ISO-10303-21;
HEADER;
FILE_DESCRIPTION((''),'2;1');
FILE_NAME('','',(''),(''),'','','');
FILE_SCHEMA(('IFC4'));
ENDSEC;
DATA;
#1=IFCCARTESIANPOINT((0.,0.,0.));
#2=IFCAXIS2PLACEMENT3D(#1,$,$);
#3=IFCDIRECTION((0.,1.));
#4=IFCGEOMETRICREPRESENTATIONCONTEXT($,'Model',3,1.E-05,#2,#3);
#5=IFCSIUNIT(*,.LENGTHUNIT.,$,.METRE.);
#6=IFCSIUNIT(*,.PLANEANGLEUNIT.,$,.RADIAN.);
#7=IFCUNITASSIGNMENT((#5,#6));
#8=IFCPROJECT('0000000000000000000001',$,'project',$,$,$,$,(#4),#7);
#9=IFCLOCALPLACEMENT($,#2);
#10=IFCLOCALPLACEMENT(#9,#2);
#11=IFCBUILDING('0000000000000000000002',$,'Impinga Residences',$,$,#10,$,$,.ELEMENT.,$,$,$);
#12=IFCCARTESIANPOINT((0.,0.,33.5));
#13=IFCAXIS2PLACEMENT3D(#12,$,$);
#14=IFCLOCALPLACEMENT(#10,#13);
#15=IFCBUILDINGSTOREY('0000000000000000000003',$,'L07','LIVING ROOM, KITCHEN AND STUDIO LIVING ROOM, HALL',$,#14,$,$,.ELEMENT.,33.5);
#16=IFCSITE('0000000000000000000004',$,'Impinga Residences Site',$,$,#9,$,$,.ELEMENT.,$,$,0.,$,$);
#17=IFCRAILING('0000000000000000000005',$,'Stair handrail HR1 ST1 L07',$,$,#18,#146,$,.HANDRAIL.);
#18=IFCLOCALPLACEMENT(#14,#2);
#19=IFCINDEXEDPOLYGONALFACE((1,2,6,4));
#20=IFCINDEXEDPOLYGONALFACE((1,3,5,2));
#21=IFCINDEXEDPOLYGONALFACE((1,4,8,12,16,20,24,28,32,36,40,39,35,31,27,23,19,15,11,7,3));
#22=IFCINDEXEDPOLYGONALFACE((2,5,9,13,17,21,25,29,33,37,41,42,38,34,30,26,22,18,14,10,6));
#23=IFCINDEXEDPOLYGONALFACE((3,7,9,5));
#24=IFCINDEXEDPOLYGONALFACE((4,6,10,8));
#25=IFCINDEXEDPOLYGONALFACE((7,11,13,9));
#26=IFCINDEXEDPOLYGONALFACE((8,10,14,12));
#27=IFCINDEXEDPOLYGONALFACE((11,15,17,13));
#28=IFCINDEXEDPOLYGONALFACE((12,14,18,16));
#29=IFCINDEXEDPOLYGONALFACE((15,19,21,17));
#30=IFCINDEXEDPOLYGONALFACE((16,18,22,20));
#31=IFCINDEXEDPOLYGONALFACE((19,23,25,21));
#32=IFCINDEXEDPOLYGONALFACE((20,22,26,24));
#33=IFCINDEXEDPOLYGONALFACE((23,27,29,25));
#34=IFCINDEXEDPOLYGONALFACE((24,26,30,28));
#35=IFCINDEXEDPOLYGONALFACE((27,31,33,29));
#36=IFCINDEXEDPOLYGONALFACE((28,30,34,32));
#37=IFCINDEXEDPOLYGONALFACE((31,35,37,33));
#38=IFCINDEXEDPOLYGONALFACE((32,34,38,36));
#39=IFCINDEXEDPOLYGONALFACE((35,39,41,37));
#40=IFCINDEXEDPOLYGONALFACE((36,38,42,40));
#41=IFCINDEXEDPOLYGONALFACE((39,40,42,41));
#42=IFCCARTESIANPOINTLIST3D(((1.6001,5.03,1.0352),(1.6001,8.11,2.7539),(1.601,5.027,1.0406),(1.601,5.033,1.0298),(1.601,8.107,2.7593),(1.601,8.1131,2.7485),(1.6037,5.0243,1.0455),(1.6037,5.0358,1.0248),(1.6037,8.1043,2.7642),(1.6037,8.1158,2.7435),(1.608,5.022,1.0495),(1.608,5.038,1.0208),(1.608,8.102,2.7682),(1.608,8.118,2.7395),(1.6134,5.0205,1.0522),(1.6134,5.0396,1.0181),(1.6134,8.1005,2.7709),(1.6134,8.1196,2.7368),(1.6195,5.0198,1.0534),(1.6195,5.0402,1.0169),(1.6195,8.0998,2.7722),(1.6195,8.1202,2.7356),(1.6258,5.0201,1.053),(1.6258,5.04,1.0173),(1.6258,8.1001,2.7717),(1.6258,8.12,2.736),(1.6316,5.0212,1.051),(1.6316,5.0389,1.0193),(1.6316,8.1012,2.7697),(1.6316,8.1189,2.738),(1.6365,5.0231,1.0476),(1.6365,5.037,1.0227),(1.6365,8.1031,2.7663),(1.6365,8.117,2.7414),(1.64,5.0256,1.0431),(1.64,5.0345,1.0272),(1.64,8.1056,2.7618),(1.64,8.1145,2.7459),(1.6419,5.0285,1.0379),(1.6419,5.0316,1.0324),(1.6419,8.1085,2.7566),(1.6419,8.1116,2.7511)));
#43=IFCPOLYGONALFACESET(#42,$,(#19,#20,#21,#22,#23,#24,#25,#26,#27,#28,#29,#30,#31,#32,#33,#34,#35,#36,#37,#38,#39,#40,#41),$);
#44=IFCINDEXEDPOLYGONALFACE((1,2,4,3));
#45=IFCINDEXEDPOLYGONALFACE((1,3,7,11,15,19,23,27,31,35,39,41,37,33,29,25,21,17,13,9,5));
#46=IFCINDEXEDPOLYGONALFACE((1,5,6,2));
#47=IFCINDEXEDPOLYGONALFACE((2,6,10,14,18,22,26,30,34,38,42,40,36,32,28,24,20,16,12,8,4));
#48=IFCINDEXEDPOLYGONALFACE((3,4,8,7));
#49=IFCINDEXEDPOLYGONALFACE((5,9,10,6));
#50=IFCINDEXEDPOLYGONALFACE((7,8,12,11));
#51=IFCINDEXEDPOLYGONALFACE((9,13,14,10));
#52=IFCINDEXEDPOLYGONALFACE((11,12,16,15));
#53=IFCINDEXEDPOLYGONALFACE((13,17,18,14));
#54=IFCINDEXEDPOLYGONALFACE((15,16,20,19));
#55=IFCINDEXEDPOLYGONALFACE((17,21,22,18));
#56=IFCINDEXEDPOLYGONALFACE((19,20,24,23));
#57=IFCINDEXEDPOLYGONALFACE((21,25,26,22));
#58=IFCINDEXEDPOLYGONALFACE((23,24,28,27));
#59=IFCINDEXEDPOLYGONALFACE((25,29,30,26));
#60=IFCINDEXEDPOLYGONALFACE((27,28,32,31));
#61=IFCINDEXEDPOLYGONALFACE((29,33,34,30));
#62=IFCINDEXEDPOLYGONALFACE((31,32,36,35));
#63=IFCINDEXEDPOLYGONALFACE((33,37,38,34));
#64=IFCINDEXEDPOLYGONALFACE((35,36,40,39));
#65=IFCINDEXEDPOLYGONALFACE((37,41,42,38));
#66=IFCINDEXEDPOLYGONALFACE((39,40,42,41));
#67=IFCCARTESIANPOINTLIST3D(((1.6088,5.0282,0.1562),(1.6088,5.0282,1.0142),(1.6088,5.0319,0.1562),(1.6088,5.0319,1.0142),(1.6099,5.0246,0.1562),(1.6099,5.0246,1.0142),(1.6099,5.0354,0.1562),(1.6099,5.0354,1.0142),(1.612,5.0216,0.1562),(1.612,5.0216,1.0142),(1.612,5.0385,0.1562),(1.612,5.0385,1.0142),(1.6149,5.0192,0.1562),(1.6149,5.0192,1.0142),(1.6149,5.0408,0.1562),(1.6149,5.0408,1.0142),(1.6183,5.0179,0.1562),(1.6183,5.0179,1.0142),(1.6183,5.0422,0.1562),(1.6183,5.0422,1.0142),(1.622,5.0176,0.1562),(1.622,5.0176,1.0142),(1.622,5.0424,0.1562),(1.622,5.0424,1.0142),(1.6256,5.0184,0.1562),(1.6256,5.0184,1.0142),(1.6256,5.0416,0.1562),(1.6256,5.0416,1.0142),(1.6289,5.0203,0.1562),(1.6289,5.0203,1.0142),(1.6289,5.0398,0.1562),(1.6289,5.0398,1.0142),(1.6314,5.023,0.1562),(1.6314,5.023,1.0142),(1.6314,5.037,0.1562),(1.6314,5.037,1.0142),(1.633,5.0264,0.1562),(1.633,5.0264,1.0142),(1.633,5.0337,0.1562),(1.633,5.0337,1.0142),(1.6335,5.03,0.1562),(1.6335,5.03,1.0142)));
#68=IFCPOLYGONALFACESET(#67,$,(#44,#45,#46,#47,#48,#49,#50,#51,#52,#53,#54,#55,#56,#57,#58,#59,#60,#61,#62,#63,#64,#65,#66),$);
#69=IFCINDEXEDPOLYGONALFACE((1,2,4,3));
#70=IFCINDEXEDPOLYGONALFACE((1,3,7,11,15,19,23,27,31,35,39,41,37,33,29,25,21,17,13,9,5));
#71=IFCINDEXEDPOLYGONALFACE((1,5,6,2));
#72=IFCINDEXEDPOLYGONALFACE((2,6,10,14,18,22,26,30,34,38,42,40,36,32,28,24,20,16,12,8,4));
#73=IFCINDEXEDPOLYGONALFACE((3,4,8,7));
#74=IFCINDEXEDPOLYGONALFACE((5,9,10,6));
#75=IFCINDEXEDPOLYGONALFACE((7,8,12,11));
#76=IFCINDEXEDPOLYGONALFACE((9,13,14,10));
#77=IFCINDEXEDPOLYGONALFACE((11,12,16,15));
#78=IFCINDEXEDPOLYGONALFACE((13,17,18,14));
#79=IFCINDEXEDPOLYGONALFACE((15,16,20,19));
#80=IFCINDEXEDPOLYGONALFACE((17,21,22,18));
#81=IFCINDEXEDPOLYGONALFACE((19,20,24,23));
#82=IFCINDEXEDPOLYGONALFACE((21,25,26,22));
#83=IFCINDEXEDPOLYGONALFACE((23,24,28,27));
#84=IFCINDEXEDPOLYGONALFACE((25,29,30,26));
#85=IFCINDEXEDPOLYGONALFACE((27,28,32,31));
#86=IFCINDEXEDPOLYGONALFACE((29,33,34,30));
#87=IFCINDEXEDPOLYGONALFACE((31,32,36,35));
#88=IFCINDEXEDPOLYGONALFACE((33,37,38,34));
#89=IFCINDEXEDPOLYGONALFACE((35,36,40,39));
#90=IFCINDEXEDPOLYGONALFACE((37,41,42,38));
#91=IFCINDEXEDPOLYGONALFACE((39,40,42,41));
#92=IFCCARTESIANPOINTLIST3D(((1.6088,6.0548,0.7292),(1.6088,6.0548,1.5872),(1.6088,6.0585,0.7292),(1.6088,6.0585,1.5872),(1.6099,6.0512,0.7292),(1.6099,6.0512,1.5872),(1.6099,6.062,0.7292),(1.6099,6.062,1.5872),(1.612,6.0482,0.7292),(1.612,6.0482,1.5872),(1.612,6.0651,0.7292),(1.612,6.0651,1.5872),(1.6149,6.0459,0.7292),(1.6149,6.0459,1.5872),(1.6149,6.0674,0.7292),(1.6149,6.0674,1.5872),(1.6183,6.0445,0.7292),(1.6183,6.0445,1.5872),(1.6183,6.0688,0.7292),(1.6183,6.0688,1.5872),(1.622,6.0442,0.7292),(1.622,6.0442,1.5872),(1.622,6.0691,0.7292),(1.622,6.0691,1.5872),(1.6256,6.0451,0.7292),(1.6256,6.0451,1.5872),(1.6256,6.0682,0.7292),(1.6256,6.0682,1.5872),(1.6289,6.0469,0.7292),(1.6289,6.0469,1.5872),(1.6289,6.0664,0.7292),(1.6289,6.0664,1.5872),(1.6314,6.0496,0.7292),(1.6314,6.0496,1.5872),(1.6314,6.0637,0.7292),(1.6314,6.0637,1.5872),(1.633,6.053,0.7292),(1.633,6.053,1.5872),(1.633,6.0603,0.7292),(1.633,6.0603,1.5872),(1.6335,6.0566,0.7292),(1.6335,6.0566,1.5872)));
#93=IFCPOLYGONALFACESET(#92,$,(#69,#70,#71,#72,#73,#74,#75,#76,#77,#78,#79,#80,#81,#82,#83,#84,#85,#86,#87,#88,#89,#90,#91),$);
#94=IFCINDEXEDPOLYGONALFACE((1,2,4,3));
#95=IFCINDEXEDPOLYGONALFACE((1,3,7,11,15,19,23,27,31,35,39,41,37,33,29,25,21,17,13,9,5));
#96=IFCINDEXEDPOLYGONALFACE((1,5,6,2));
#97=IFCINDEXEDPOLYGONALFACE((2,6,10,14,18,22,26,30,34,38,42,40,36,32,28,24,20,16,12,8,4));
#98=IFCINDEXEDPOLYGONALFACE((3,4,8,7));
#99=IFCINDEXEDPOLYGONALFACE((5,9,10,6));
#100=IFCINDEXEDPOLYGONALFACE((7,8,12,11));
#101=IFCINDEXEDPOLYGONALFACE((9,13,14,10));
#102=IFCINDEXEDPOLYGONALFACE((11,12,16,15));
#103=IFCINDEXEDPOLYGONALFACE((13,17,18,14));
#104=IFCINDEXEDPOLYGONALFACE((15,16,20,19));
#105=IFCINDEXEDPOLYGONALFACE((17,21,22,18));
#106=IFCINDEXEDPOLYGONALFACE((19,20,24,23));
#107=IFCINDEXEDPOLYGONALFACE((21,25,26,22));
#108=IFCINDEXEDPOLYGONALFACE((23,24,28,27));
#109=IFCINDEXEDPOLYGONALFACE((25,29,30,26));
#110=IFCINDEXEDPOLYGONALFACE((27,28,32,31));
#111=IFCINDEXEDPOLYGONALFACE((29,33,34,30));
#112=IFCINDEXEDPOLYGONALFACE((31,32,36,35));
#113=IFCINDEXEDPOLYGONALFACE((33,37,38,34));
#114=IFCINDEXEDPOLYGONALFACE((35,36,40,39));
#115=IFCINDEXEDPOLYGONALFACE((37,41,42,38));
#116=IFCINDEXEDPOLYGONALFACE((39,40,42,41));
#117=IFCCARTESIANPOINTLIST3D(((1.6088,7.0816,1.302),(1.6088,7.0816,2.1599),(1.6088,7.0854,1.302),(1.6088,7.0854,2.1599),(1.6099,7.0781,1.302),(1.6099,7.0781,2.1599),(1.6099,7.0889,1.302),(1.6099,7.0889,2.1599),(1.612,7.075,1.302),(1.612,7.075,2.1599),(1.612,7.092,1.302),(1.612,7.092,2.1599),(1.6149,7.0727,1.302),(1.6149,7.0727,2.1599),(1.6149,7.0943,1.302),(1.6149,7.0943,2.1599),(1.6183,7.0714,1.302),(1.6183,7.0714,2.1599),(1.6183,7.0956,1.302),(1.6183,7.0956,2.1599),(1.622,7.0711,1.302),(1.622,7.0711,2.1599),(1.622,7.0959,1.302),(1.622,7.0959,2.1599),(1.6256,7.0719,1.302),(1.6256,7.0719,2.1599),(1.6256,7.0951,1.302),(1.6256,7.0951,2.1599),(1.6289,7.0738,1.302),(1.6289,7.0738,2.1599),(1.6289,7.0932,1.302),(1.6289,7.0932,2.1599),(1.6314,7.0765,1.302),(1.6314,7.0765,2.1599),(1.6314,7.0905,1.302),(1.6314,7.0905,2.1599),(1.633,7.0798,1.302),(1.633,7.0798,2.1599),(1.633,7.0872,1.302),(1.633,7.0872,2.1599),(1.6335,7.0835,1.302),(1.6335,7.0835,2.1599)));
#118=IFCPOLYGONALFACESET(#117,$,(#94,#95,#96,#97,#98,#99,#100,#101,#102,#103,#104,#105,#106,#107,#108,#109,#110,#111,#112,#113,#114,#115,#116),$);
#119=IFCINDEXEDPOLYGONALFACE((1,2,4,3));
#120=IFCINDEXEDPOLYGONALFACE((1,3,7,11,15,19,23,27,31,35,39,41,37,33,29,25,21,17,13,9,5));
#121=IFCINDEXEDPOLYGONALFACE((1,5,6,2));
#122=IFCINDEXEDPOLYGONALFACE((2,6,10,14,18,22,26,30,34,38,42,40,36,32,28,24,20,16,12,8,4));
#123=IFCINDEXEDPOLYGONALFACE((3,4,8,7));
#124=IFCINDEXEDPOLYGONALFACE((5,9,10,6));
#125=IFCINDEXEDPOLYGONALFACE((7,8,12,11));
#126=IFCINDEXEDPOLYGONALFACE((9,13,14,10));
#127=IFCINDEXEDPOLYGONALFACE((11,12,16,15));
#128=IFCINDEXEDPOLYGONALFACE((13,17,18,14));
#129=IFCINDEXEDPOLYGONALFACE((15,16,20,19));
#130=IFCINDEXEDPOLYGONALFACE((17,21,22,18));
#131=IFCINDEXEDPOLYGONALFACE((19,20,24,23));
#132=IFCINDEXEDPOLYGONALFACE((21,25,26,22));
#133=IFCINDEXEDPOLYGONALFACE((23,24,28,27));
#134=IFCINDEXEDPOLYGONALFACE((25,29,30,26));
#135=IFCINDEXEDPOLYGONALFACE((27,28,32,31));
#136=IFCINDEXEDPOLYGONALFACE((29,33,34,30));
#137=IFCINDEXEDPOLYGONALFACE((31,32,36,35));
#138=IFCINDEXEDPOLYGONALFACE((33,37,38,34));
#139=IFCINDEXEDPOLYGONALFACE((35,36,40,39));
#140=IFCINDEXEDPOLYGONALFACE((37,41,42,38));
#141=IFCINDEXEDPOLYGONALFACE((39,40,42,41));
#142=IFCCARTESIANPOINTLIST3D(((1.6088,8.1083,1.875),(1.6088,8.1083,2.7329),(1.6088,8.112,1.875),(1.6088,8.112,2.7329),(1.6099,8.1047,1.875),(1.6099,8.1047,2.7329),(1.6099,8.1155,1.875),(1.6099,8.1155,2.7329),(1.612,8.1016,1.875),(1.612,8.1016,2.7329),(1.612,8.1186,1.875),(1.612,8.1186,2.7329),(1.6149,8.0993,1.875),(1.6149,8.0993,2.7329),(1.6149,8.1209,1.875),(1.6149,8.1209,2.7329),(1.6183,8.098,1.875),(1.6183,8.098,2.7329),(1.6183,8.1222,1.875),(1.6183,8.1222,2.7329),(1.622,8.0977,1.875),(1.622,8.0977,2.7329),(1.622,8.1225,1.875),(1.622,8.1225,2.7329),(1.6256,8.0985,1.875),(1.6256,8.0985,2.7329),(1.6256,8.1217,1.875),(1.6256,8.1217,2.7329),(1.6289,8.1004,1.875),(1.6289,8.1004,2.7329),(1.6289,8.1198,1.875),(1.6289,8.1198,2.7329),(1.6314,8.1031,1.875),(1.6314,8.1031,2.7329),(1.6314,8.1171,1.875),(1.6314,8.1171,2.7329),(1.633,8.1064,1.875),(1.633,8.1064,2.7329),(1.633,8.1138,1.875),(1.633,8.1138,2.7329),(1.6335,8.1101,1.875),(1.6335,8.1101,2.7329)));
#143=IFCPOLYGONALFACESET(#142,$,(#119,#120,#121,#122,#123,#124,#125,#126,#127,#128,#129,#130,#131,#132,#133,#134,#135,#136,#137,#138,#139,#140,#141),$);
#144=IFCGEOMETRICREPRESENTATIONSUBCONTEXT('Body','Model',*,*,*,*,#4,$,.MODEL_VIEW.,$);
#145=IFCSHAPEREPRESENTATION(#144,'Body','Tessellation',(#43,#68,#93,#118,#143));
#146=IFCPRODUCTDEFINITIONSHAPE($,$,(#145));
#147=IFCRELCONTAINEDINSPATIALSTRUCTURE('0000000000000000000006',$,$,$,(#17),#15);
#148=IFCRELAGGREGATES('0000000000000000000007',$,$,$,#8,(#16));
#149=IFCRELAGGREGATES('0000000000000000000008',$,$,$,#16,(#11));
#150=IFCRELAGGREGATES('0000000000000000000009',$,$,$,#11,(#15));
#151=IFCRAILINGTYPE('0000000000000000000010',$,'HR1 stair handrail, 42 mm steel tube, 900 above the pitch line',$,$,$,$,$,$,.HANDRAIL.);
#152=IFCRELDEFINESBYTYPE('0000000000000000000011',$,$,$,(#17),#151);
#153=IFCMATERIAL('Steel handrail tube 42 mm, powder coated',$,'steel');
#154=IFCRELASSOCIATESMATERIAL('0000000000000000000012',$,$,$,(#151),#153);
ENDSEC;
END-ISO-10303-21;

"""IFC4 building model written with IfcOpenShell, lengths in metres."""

from ifc_helpers import new_model, si_unit, direction, frame, origin, origin_2d, place, context, subcontext, project, spatial, circle, extrude, material, type_object, element, save


model = new_model("IFC4")

# Units and contexts
model_context = context("Model", 3, precision=1e-05, world=origin(), true_north=direction((0.0, 1.0)))
body_context = subcontext(model_context, "Body", "Model", "MODEL_VIEW")
ifc_project = project(units=[si_unit("LENGTHUNIT", "METRE"), si_unit("PLANEANGLEUNIT", "RADIAN")], contexts=[model_context])

# Site, building, storey
site_placement = place(None, origin())
site = spatial("IfcSite", under=ifc_project, at=site_placement, Name="Impinga Residences Site", CompositionType="ELEMENT", RefElevation=0.0)
building_placement = place(site_placement, origin())
building = spatial("IfcBuilding", under=site, at=building_placement, Name="Impinga Residences", CompositionType="ELEMENT")
storey_placement = place(building_placement, frame((0.0, 0.0, 33.5)))
storey = spatial("IfcBuildingStorey", under=building, at=storey_placement, Name="L07", Description="LIVING ROOM, KITCHEN AND STUDIO LIVING ROOM, HALL", CompositionType="ELEMENT", Elevation=33.5)

# Railing
ifc_material_1 = material(Name="Steel handrail tube 42 mm, powder coated", Category="steel")
railing_type_1 = type_object("IfcRailingType", Name="HR1 stair handrail, 42 mm steel tube, 900 above the pitch line", PredefinedType="HANDRAIL", material=ifc_material_1)
railing_1_placement = place(storey_placement, frame((1.6211, 5.03, 0.1562)))
element("IfcRailing", 1, at=railing_1_placement, inside=storey, type_object=railing_type_1, Name="Stair handrail HR1 ST1 L07", PredefinedType="HANDRAIL", context=body_context, shape_type="SweptSolid", body=[
    extrude(circle(Radius=0.021, at=origin_2d()), frame((0.0, 0.0, 0.8789), z_axis=(0.0, 0.873242, 0.487288), x_axis=(-1.0, 0.0, 0.0)), (0.0, 0.0, 1.0), 3.5271),
    extrude(circle(Radius=0.0125, at=origin_2d()), origin(), (0.0, 0.0, 1.0), 0.8579),
    extrude(circle(Radius=0.0125, at=origin_2d()), frame((0.0, 1.0266, 0.573)), (0.0, 0.0, 1.0), 0.8579),
    extrude(circle(Radius=0.0125, at=origin_2d()), frame((0.0, 2.0535, 1.1458)), (0.0, 0.0, 1.0), 0.8579),
    extrude(circle(Radius=0.0125, at=origin_2d()), frame((0.0, 3.0801, 1.7188)), (0.0, 0.0, 1.0), 0.8579),
])

save(model, "model.ifc")
